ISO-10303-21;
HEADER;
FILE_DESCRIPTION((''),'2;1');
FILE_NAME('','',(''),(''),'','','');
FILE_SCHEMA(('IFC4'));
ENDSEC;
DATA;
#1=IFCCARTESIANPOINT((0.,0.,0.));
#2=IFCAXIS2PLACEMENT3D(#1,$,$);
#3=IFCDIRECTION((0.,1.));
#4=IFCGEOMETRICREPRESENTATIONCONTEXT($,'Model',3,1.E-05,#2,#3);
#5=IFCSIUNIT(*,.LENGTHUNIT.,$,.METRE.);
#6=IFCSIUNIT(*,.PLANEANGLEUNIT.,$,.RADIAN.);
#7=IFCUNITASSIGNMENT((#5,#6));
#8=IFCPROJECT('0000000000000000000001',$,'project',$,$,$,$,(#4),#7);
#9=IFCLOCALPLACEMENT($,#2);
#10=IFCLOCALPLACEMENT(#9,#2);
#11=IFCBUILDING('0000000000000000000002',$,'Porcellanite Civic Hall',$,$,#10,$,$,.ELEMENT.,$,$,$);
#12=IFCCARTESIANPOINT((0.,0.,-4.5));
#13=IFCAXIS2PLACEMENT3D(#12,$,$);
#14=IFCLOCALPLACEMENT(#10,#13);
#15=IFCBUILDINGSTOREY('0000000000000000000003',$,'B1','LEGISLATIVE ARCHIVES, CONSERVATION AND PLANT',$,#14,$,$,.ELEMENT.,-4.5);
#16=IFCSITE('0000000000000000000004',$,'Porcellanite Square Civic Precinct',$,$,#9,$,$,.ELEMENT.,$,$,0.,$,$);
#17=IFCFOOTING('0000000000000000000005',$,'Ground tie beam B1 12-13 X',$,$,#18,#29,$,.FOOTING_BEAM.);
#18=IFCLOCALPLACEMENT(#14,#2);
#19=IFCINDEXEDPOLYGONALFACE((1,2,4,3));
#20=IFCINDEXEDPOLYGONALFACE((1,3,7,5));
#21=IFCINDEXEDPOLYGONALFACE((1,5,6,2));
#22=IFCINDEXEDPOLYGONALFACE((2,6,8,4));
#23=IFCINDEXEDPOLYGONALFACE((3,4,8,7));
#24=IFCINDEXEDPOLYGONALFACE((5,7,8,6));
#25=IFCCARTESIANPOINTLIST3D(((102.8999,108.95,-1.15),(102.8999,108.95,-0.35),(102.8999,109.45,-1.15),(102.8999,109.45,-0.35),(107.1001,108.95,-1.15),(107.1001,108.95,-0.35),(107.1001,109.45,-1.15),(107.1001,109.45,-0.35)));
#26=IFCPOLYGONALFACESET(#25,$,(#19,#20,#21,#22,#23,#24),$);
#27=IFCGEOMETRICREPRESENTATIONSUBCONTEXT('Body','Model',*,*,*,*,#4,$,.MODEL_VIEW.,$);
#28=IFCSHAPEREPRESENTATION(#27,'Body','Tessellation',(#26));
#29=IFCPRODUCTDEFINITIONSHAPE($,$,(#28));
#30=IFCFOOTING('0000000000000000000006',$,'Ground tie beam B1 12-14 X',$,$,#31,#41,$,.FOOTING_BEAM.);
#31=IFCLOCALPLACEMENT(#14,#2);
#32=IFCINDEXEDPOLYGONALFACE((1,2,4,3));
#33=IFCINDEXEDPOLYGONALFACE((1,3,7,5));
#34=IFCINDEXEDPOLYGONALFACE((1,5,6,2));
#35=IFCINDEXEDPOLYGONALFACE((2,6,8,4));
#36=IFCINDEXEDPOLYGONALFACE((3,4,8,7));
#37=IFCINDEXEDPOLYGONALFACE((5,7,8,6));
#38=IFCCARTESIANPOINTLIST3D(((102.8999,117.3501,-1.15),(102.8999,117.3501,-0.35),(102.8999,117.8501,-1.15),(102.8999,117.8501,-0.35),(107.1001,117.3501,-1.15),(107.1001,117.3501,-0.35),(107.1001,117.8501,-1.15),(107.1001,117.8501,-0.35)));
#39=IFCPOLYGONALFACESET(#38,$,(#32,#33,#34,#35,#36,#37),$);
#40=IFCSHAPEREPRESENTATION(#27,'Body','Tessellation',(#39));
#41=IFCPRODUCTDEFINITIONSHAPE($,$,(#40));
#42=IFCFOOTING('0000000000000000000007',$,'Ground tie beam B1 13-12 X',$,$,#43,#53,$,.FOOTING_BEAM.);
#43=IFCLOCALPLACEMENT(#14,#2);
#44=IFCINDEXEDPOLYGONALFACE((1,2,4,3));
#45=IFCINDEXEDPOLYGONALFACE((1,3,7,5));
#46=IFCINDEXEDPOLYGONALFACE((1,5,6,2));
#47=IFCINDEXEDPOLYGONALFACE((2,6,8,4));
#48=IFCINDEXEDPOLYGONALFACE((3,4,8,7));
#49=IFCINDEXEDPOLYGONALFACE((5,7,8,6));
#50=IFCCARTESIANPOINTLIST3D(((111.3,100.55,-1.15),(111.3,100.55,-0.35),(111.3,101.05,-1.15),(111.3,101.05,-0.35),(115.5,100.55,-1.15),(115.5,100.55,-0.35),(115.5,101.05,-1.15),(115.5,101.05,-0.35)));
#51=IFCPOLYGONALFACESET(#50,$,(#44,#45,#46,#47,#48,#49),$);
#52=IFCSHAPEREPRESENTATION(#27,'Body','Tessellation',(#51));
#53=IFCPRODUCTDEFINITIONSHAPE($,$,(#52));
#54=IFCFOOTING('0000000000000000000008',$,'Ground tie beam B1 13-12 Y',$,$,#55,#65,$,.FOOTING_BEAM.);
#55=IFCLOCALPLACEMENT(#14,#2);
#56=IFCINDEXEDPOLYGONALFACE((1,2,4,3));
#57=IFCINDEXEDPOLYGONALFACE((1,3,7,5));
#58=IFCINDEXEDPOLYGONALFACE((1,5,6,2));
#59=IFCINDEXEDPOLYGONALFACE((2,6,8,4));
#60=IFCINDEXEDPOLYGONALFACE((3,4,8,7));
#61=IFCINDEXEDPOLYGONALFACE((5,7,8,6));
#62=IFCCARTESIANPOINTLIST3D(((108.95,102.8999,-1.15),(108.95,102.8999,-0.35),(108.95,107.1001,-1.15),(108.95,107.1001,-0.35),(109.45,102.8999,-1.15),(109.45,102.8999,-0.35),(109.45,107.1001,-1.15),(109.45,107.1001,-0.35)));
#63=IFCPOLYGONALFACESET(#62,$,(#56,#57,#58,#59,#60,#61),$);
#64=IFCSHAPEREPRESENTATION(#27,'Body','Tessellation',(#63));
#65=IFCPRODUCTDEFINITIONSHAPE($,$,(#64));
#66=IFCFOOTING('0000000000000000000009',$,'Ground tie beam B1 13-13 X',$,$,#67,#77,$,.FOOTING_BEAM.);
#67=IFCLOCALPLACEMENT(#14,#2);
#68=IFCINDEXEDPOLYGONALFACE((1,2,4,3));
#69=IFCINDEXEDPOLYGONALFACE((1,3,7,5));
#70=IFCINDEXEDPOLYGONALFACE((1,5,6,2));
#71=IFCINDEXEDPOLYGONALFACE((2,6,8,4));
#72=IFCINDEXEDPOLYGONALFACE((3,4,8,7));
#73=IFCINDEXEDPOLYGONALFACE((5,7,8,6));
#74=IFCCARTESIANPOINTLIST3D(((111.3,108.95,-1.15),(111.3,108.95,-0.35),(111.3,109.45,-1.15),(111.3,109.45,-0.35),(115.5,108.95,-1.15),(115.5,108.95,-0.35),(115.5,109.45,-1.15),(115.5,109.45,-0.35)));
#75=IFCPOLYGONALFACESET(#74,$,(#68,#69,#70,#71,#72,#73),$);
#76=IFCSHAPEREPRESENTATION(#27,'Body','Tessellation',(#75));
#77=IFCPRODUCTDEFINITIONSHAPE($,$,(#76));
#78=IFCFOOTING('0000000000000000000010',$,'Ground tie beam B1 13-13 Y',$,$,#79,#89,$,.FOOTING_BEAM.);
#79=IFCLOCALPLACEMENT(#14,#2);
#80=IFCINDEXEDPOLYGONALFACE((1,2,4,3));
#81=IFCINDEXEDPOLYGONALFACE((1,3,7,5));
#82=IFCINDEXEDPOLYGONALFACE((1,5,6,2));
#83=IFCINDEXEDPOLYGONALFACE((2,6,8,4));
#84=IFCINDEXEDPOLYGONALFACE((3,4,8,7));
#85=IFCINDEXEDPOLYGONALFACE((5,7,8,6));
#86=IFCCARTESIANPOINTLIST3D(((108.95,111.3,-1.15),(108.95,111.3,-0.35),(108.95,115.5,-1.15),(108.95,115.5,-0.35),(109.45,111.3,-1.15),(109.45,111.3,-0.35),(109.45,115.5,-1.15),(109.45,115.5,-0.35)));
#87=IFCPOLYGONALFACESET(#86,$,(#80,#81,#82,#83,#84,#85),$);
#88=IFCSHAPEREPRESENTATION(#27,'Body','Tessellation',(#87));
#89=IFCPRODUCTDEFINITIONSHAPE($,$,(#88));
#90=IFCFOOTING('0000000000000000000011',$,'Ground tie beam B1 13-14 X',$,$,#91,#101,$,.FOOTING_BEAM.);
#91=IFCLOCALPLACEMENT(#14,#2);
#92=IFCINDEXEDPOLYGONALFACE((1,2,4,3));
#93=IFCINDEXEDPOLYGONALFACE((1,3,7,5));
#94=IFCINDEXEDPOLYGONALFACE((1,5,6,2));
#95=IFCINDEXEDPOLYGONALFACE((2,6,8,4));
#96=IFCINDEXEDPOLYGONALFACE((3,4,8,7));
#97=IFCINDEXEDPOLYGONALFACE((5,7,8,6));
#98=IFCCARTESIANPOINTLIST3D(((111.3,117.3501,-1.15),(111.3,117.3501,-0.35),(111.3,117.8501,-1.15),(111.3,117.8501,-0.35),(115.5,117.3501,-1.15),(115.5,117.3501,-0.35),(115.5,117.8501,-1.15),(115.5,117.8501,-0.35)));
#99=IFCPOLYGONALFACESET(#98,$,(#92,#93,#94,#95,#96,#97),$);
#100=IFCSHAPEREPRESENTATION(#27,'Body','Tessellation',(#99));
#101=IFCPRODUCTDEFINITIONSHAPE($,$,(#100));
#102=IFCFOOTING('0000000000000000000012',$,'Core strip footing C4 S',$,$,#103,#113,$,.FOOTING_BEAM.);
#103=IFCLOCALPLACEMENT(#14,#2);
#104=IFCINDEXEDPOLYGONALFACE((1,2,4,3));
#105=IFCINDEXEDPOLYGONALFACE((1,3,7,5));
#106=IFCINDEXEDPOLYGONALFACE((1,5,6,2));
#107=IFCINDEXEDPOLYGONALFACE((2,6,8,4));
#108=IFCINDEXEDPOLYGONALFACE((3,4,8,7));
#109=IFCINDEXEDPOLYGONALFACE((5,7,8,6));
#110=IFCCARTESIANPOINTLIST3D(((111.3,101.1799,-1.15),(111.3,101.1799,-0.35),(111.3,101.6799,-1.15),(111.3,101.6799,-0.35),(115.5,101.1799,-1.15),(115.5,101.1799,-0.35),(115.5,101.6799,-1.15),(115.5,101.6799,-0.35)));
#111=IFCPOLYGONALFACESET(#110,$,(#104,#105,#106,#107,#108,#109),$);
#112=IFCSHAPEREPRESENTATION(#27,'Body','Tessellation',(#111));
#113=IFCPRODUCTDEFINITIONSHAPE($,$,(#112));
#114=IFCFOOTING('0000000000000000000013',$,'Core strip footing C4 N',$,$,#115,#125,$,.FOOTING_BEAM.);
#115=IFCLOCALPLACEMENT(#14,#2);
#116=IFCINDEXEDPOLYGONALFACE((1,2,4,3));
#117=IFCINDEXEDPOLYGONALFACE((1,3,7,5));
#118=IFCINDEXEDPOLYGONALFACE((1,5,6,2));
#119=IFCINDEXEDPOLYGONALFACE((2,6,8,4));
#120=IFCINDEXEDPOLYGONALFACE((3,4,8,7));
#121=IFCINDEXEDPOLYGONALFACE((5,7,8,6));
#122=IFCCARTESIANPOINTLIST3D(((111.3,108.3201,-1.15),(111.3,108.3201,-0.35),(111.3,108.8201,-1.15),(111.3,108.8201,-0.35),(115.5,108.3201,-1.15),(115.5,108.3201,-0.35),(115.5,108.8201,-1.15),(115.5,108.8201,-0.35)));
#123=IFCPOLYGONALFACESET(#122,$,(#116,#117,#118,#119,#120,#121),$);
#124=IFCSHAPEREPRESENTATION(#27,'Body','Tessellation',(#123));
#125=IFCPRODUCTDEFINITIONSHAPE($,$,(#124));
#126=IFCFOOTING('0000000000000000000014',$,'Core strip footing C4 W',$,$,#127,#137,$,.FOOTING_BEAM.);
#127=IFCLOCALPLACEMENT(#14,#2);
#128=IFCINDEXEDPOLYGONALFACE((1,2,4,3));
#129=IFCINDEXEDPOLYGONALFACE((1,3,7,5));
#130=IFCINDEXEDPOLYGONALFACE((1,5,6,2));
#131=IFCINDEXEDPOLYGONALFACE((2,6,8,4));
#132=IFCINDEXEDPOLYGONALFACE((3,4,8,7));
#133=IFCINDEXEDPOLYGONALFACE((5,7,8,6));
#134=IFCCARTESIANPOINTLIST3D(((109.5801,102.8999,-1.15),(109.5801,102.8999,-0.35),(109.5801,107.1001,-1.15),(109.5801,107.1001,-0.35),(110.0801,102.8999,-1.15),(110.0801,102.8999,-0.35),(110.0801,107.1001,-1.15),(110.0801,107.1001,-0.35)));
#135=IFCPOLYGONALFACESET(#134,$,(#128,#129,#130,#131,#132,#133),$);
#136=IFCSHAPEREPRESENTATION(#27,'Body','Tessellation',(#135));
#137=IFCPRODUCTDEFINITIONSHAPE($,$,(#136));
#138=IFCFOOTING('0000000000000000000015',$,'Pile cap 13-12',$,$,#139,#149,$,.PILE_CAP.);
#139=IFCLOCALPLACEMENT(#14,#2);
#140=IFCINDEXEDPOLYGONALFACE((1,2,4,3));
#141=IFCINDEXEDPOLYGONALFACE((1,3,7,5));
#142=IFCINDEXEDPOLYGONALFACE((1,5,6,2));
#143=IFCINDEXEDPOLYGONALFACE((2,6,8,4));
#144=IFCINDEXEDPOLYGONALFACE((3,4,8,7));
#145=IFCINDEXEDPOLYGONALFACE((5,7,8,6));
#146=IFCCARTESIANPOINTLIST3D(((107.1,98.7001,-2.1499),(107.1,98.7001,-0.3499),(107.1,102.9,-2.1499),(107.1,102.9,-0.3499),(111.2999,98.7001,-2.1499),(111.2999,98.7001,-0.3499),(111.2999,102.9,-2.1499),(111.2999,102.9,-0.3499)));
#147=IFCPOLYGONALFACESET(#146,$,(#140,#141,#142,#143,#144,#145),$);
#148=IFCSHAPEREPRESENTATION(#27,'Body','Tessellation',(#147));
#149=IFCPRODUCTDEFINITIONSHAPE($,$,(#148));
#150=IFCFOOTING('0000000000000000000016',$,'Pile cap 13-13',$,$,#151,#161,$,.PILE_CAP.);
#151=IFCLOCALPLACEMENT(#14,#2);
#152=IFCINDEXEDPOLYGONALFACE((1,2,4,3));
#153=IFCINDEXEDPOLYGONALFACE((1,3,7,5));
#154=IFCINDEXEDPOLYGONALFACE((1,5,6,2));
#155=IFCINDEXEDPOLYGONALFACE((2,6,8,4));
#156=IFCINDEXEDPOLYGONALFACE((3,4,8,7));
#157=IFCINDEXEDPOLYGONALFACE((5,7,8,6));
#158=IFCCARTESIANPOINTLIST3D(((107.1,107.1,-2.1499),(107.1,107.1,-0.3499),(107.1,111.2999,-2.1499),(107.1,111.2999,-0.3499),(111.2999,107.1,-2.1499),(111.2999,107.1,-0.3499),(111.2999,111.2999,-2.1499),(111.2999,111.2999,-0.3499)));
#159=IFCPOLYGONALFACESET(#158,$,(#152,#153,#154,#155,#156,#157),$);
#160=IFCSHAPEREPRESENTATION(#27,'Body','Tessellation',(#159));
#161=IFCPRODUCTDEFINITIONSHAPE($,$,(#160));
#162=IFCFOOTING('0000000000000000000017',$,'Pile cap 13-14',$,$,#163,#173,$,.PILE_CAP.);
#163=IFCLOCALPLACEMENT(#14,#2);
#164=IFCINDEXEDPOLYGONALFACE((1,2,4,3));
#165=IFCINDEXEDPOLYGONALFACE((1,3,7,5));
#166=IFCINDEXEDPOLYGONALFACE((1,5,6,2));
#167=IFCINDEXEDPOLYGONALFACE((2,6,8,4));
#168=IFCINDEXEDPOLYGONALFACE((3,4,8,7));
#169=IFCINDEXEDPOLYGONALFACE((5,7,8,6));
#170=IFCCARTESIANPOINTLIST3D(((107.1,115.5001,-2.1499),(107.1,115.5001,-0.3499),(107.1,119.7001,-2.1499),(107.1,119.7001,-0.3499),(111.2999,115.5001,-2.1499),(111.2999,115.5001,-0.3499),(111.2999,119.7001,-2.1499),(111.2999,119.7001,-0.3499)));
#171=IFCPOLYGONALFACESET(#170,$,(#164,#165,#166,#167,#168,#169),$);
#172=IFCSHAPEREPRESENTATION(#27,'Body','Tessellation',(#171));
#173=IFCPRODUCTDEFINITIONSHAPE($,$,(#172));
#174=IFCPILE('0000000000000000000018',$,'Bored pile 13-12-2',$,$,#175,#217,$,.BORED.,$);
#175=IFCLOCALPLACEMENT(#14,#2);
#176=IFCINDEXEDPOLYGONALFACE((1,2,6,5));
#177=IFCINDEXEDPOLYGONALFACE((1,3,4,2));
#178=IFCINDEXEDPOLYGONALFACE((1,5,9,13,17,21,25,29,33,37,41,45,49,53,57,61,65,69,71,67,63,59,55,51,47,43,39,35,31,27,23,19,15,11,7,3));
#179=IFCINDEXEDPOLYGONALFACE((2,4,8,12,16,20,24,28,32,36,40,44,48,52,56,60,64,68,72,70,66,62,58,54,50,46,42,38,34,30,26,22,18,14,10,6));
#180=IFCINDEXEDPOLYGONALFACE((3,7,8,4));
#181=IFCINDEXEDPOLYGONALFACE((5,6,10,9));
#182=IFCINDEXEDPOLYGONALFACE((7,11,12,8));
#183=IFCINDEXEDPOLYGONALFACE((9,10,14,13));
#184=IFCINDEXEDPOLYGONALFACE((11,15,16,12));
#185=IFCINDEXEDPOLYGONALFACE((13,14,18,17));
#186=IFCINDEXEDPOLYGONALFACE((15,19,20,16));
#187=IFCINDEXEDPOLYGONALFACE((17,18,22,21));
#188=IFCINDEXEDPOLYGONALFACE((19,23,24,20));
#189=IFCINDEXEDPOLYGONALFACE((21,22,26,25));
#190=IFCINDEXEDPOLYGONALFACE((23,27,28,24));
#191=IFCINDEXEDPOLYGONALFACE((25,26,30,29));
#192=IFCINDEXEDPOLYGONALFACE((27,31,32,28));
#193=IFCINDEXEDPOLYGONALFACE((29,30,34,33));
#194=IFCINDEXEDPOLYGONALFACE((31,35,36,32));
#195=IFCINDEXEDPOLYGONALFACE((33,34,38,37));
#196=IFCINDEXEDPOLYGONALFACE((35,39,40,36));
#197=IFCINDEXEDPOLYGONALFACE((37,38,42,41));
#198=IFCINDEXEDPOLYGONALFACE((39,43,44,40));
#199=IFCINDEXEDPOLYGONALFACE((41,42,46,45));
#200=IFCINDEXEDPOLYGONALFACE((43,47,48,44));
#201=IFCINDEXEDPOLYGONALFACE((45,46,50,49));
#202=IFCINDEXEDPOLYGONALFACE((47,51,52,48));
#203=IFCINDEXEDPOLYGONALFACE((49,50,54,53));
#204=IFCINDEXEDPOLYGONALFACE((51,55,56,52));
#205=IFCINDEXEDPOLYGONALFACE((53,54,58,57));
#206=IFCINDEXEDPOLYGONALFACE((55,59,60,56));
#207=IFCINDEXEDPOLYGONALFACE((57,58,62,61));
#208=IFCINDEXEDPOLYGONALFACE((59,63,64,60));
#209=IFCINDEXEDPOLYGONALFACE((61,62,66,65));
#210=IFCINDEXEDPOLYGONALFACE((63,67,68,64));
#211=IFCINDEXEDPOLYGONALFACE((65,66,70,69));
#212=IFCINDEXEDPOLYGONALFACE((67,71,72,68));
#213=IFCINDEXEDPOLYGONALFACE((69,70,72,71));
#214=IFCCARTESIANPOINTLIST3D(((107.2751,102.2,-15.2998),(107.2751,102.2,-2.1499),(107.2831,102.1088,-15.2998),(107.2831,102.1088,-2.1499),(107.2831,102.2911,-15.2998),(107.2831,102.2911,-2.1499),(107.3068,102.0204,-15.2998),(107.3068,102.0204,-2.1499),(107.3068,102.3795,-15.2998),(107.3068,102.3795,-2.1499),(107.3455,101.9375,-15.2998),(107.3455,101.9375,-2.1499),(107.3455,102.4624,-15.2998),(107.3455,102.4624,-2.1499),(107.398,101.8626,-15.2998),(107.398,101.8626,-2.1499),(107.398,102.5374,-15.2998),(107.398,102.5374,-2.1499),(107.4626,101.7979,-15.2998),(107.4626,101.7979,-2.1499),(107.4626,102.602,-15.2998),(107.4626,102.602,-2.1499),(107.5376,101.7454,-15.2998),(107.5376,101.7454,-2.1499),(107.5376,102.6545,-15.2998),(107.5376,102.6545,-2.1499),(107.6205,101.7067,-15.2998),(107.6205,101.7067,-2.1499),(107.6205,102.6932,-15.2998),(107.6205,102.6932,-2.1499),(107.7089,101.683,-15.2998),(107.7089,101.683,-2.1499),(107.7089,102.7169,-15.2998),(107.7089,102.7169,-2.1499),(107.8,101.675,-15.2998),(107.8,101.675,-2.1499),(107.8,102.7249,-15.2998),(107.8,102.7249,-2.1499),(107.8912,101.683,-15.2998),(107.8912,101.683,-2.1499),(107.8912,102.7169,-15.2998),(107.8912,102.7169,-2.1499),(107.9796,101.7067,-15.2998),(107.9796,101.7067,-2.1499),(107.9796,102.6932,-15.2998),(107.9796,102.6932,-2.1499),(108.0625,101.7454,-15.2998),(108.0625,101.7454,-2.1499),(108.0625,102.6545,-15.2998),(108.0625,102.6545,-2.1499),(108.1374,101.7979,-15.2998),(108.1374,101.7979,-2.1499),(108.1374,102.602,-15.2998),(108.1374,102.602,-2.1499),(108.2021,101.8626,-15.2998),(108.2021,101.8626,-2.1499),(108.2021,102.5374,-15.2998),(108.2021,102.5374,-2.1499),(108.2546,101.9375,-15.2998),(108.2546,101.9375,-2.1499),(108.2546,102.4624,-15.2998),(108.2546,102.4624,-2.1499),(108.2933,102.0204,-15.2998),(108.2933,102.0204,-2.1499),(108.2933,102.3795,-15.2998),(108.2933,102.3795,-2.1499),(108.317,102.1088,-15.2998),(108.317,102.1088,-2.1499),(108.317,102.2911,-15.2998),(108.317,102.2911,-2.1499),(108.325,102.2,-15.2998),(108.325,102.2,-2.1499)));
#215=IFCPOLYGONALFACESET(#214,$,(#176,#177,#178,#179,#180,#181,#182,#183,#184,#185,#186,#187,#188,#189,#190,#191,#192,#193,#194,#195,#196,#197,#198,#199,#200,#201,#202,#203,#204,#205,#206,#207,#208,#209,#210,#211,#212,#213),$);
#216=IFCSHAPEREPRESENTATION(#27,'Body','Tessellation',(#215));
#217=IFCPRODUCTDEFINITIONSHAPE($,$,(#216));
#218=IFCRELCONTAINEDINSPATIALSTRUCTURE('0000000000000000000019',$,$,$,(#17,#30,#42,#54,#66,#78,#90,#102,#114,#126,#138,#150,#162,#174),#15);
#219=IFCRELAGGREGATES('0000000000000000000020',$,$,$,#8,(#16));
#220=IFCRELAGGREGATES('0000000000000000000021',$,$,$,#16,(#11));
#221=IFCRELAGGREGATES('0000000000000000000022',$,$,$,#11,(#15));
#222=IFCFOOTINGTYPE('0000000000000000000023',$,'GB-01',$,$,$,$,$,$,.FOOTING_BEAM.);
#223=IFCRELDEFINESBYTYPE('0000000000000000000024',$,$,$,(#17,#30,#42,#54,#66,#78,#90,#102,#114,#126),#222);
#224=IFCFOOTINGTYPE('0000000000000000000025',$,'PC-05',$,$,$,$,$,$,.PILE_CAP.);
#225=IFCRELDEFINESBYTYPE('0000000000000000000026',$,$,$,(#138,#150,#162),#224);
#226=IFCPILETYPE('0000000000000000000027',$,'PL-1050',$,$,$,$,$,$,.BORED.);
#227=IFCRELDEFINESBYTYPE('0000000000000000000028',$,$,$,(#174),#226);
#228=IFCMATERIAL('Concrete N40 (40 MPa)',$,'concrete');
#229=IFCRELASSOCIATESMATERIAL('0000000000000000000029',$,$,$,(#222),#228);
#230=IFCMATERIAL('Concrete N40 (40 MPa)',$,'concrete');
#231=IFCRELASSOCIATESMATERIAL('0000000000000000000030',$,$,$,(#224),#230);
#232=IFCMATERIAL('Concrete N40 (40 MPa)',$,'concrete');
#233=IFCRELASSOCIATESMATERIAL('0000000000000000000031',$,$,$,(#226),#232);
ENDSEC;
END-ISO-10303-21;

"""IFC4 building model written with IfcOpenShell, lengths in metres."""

from ifc_helpers import new_model, si_unit, direction, frame, origin, origin_2d, place, context, subcontext, project, spatial, rectangle, circle, extrude, material, material_profile, profile_set, type_object, element, save


model = new_model("IFC4")

# Units and contexts
model_context = context("Model", 3, precision=1e-05, world=origin(), true_north=direction((0.0, 1.0)))
body_context = subcontext(model_context, "Body", "Model", "MODEL_VIEW")
ifc_project = project(units=[si_unit("LENGTHUNIT", "METRE"), si_unit("PLANEANGLEUNIT", "RADIAN")], contexts=[model_context])

# Site, building, storey
site_placement = place(None, origin())
site = spatial("IfcSite", under=ifc_project, at=site_placement, Name="Porcellanite Square Civic Precinct", CompositionType="ELEMENT", RefElevation=0.0)
building_placement = place(site_placement, origin())
building = spatial("IfcBuilding", under=site, at=building_placement, Name="Porcellanite Civic Hall", CompositionType="ELEMENT")
storey_placement = place(building_placement, frame((0.0, 0.0, -4.5)))
storey = spatial("IfcBuildingStorey", under=building, at=storey_placement, Name="B1", Description="LEGISLATIVE ARCHIVES, CONSERVATION AND PLANT", CompositionType="ELEMENT", Elevation=-4.5)

# Footings
ifc_material_1 = material(Name="Concrete N40 (40 MPa)", Category="concrete")
ifc_material_profile_1 = material_profile(ifc_material_1, rectangle(XDim=0.5, YDim=0.8, at=origin_2d()), Name="RC-500x800")
ifc_profile_set_1 = profile_set([ifc_material_profile_1], Name="Concrete N40 (40 MPa)")
footing_type_1 = type_object("IfcFootingType", Name="GB-01", PredefinedType="FOOTING_BEAM", material=ifc_profile_set_1)
for number, where, z_axis, x_axis, name in (
    (1, (102.8999, 109.2, -0.75), (1.0, 0.0, 0.0), (0.0, 1.0, 0.0), "Ground tie beam B1 12-13 X"),
    (2, (102.8999, 117.6001, -0.75), (1.0, 0.0, 0.0), (0.0, 1.0, 0.0), "Ground tie beam B1 12-14 X"),
):
    element("IfcFooting", number, at=place(storey_placement, frame(where, z_axis=z_axis, x_axis=x_axis)), inside=storey, type_object=footing_type_1, Name=name, PredefinedType="FOOTING_BEAM", context=body_context, shape_type="SweptSolid", body=[
        extrude(rectangle(XDim=0.5, YDim=0.8, at=origin_2d()), origin(), (0.0, 0.0, 1.0), 4.2002),
    ])
footing_1_placement = place(storey_placement, frame((111.3, 100.8, -0.75), z_axis=(1.0, 0.0, 0.0), x_axis=(0.0, 1.0, 0.0)))
element("IfcFooting", 3, at=footing_1_placement, inside=storey, type_object=footing_type_1, Name="Ground tie beam B1 13-12 X", PredefinedType="FOOTING_BEAM", context=body_context, shape_type="SweptSolid", body=[
    extrude(rectangle(XDim=0.5, YDim=0.8, at=origin_2d()), origin(), (0.0, 0.0, 1.0), 4.2),
])
footing_2_placement = place(storey_placement, frame((109.2, 102.8999, -0.75), z_axis=(0.0, 1.0, 0.0), x_axis=(-1.0, 0.0, 0.0)))
element("IfcFooting", 4, at=footing_2_placement, inside=storey, type_object=footing_type_1, Name="Ground tie beam B1 13-12 Y", PredefinedType="FOOTING_BEAM", context=body_context, shape_type="SweptSolid", body=[
    extrude(rectangle(XDim=0.5, YDim=0.8, at=origin_2d()), origin(), (0.0, 0.0, 1.0), 4.2002),
])
for number, where, z_axis, x_axis, name in (
    (5, (111.3, 109.2, -0.75), (1.0, 0.0, 0.0), (0.0, 1.0, 0.0), "Ground tie beam B1 13-13 X"),
    (6, (109.2, 111.3, -0.75), (0.0, 1.0, 0.0), (-1.0, 0.0, 0.0), "Ground tie beam B1 13-13 Y"),
    (7, (111.3, 117.6001, -0.75), (1.0, 0.0, 0.0), (0.0, 1.0, 0.0), "Ground tie beam B1 13-14 X"),
    (8, (111.3, 101.4299, -0.75), (1.0, 0.0, 0.0), (0.0, 1.0, 0.0), "Core strip footing C4 S"),
    (9, (111.3, 108.5701, -0.75), (1.0, 0.0, 0.0), (0.0, 1.0, 0.0), "Core strip footing C4 N"),
):
    element("IfcFooting", number, at=place(storey_placement, frame(where, z_axis=z_axis, x_axis=x_axis)), inside=storey, type_object=footing_type_1, Name=name, PredefinedType="FOOTING_BEAM", context=body_context, shape_type="SweptSolid", body=[
        extrude(rectangle(XDim=0.5, YDim=0.8, at=origin_2d()), origin(), (0.0, 0.0, 1.0), 4.2),
    ])
footing_3_placement = place(storey_placement, frame((109.8301, 102.8999, -0.75), z_axis=(0.0, 1.0, 0.0), x_axis=(-1.0, 0.0, 0.0)))
element("IfcFooting", 10, at=footing_3_placement, inside=storey, type_object=footing_type_1, Name="Core strip footing C4 W", PredefinedType="FOOTING_BEAM", context=body_context, shape_type="SweptSolid", body=[
    extrude(rectangle(XDim=0.5, YDim=0.8, at=origin_2d()), origin(), (0.0, 0.0, 1.0), 4.2002),
])
ifc_material_2 = material(Name="Concrete N40 (40 MPa)", Category="concrete")
footing_type_2 = type_object("IfcFootingType", Name="PC-05", PredefinedType="PILE_CAP", material=ifc_material_2)
for number, where, z_axis, x_axis, name in (
    (11, (109.2, 100.8, -2.1499), (0.0, 0.0, 1.0), (1.0, 0.0, 0.0), "Pile cap 13-12"),
    (12, (109.2, 109.2, -2.1499), (0.0, 0.0, 1.0), (1.0, 0.0, 0.0), "Pile cap 13-13"),
    (13, (109.2, 117.6001, -2.1499), (0.0, 0.0, 1.0), (1.0, 0.0, 0.0), "Pile cap 13-14"),
):
    element("IfcFooting", number, at=place(storey_placement, frame(where, z_axis=z_axis, x_axis=x_axis)), inside=storey, type_object=footing_type_2, Name=name, PredefinedType="PILE_CAP", context=body_context, shape_type="SweptSolid", body=[
        extrude(rectangle(XDim=4.2, YDim=4.2, at=origin_2d()), origin(), (0.0, 0.0, 1.0), 1.8),
    ])

# Pile
ifc_material_3 = material(Name="Concrete N40 (40 MPa)", Category="concrete")
ifc_material_profile_2 = material_profile(ifc_material_3, circle(Radius=0.5249, at=origin_2d()), Name="PILE-D1050")
ifc_profile_set_2 = profile_set([ifc_material_profile_2], Name="Concrete N40 (40 MPa)")
pile_type = type_object("IfcPileType", Name="PL-1050", PredefinedType="BORED", material=ifc_profile_set_2)
for number, where, z_axis, x_axis, name in (
    (14, (107.8, 102.2, -2.1499), (0.0, 0.0, -1.0), (1.0, 0.0, 0.0), "Bored pile 13-12-2"),
):
    element("IfcPile", number, at=place(storey_placement, frame(where, z_axis=z_axis, x_axis=x_axis)), inside=storey, type_object=pile_type, Name=name, PredefinedType="BORED", context=body_context, shape_type="SweptSolid", body=[
        extrude(circle(Radius=0.5249, at=origin_2d()), origin(), (0.0, 0.0, 1.0), 13.1499),
    ])

save(model, "model.ifc")
